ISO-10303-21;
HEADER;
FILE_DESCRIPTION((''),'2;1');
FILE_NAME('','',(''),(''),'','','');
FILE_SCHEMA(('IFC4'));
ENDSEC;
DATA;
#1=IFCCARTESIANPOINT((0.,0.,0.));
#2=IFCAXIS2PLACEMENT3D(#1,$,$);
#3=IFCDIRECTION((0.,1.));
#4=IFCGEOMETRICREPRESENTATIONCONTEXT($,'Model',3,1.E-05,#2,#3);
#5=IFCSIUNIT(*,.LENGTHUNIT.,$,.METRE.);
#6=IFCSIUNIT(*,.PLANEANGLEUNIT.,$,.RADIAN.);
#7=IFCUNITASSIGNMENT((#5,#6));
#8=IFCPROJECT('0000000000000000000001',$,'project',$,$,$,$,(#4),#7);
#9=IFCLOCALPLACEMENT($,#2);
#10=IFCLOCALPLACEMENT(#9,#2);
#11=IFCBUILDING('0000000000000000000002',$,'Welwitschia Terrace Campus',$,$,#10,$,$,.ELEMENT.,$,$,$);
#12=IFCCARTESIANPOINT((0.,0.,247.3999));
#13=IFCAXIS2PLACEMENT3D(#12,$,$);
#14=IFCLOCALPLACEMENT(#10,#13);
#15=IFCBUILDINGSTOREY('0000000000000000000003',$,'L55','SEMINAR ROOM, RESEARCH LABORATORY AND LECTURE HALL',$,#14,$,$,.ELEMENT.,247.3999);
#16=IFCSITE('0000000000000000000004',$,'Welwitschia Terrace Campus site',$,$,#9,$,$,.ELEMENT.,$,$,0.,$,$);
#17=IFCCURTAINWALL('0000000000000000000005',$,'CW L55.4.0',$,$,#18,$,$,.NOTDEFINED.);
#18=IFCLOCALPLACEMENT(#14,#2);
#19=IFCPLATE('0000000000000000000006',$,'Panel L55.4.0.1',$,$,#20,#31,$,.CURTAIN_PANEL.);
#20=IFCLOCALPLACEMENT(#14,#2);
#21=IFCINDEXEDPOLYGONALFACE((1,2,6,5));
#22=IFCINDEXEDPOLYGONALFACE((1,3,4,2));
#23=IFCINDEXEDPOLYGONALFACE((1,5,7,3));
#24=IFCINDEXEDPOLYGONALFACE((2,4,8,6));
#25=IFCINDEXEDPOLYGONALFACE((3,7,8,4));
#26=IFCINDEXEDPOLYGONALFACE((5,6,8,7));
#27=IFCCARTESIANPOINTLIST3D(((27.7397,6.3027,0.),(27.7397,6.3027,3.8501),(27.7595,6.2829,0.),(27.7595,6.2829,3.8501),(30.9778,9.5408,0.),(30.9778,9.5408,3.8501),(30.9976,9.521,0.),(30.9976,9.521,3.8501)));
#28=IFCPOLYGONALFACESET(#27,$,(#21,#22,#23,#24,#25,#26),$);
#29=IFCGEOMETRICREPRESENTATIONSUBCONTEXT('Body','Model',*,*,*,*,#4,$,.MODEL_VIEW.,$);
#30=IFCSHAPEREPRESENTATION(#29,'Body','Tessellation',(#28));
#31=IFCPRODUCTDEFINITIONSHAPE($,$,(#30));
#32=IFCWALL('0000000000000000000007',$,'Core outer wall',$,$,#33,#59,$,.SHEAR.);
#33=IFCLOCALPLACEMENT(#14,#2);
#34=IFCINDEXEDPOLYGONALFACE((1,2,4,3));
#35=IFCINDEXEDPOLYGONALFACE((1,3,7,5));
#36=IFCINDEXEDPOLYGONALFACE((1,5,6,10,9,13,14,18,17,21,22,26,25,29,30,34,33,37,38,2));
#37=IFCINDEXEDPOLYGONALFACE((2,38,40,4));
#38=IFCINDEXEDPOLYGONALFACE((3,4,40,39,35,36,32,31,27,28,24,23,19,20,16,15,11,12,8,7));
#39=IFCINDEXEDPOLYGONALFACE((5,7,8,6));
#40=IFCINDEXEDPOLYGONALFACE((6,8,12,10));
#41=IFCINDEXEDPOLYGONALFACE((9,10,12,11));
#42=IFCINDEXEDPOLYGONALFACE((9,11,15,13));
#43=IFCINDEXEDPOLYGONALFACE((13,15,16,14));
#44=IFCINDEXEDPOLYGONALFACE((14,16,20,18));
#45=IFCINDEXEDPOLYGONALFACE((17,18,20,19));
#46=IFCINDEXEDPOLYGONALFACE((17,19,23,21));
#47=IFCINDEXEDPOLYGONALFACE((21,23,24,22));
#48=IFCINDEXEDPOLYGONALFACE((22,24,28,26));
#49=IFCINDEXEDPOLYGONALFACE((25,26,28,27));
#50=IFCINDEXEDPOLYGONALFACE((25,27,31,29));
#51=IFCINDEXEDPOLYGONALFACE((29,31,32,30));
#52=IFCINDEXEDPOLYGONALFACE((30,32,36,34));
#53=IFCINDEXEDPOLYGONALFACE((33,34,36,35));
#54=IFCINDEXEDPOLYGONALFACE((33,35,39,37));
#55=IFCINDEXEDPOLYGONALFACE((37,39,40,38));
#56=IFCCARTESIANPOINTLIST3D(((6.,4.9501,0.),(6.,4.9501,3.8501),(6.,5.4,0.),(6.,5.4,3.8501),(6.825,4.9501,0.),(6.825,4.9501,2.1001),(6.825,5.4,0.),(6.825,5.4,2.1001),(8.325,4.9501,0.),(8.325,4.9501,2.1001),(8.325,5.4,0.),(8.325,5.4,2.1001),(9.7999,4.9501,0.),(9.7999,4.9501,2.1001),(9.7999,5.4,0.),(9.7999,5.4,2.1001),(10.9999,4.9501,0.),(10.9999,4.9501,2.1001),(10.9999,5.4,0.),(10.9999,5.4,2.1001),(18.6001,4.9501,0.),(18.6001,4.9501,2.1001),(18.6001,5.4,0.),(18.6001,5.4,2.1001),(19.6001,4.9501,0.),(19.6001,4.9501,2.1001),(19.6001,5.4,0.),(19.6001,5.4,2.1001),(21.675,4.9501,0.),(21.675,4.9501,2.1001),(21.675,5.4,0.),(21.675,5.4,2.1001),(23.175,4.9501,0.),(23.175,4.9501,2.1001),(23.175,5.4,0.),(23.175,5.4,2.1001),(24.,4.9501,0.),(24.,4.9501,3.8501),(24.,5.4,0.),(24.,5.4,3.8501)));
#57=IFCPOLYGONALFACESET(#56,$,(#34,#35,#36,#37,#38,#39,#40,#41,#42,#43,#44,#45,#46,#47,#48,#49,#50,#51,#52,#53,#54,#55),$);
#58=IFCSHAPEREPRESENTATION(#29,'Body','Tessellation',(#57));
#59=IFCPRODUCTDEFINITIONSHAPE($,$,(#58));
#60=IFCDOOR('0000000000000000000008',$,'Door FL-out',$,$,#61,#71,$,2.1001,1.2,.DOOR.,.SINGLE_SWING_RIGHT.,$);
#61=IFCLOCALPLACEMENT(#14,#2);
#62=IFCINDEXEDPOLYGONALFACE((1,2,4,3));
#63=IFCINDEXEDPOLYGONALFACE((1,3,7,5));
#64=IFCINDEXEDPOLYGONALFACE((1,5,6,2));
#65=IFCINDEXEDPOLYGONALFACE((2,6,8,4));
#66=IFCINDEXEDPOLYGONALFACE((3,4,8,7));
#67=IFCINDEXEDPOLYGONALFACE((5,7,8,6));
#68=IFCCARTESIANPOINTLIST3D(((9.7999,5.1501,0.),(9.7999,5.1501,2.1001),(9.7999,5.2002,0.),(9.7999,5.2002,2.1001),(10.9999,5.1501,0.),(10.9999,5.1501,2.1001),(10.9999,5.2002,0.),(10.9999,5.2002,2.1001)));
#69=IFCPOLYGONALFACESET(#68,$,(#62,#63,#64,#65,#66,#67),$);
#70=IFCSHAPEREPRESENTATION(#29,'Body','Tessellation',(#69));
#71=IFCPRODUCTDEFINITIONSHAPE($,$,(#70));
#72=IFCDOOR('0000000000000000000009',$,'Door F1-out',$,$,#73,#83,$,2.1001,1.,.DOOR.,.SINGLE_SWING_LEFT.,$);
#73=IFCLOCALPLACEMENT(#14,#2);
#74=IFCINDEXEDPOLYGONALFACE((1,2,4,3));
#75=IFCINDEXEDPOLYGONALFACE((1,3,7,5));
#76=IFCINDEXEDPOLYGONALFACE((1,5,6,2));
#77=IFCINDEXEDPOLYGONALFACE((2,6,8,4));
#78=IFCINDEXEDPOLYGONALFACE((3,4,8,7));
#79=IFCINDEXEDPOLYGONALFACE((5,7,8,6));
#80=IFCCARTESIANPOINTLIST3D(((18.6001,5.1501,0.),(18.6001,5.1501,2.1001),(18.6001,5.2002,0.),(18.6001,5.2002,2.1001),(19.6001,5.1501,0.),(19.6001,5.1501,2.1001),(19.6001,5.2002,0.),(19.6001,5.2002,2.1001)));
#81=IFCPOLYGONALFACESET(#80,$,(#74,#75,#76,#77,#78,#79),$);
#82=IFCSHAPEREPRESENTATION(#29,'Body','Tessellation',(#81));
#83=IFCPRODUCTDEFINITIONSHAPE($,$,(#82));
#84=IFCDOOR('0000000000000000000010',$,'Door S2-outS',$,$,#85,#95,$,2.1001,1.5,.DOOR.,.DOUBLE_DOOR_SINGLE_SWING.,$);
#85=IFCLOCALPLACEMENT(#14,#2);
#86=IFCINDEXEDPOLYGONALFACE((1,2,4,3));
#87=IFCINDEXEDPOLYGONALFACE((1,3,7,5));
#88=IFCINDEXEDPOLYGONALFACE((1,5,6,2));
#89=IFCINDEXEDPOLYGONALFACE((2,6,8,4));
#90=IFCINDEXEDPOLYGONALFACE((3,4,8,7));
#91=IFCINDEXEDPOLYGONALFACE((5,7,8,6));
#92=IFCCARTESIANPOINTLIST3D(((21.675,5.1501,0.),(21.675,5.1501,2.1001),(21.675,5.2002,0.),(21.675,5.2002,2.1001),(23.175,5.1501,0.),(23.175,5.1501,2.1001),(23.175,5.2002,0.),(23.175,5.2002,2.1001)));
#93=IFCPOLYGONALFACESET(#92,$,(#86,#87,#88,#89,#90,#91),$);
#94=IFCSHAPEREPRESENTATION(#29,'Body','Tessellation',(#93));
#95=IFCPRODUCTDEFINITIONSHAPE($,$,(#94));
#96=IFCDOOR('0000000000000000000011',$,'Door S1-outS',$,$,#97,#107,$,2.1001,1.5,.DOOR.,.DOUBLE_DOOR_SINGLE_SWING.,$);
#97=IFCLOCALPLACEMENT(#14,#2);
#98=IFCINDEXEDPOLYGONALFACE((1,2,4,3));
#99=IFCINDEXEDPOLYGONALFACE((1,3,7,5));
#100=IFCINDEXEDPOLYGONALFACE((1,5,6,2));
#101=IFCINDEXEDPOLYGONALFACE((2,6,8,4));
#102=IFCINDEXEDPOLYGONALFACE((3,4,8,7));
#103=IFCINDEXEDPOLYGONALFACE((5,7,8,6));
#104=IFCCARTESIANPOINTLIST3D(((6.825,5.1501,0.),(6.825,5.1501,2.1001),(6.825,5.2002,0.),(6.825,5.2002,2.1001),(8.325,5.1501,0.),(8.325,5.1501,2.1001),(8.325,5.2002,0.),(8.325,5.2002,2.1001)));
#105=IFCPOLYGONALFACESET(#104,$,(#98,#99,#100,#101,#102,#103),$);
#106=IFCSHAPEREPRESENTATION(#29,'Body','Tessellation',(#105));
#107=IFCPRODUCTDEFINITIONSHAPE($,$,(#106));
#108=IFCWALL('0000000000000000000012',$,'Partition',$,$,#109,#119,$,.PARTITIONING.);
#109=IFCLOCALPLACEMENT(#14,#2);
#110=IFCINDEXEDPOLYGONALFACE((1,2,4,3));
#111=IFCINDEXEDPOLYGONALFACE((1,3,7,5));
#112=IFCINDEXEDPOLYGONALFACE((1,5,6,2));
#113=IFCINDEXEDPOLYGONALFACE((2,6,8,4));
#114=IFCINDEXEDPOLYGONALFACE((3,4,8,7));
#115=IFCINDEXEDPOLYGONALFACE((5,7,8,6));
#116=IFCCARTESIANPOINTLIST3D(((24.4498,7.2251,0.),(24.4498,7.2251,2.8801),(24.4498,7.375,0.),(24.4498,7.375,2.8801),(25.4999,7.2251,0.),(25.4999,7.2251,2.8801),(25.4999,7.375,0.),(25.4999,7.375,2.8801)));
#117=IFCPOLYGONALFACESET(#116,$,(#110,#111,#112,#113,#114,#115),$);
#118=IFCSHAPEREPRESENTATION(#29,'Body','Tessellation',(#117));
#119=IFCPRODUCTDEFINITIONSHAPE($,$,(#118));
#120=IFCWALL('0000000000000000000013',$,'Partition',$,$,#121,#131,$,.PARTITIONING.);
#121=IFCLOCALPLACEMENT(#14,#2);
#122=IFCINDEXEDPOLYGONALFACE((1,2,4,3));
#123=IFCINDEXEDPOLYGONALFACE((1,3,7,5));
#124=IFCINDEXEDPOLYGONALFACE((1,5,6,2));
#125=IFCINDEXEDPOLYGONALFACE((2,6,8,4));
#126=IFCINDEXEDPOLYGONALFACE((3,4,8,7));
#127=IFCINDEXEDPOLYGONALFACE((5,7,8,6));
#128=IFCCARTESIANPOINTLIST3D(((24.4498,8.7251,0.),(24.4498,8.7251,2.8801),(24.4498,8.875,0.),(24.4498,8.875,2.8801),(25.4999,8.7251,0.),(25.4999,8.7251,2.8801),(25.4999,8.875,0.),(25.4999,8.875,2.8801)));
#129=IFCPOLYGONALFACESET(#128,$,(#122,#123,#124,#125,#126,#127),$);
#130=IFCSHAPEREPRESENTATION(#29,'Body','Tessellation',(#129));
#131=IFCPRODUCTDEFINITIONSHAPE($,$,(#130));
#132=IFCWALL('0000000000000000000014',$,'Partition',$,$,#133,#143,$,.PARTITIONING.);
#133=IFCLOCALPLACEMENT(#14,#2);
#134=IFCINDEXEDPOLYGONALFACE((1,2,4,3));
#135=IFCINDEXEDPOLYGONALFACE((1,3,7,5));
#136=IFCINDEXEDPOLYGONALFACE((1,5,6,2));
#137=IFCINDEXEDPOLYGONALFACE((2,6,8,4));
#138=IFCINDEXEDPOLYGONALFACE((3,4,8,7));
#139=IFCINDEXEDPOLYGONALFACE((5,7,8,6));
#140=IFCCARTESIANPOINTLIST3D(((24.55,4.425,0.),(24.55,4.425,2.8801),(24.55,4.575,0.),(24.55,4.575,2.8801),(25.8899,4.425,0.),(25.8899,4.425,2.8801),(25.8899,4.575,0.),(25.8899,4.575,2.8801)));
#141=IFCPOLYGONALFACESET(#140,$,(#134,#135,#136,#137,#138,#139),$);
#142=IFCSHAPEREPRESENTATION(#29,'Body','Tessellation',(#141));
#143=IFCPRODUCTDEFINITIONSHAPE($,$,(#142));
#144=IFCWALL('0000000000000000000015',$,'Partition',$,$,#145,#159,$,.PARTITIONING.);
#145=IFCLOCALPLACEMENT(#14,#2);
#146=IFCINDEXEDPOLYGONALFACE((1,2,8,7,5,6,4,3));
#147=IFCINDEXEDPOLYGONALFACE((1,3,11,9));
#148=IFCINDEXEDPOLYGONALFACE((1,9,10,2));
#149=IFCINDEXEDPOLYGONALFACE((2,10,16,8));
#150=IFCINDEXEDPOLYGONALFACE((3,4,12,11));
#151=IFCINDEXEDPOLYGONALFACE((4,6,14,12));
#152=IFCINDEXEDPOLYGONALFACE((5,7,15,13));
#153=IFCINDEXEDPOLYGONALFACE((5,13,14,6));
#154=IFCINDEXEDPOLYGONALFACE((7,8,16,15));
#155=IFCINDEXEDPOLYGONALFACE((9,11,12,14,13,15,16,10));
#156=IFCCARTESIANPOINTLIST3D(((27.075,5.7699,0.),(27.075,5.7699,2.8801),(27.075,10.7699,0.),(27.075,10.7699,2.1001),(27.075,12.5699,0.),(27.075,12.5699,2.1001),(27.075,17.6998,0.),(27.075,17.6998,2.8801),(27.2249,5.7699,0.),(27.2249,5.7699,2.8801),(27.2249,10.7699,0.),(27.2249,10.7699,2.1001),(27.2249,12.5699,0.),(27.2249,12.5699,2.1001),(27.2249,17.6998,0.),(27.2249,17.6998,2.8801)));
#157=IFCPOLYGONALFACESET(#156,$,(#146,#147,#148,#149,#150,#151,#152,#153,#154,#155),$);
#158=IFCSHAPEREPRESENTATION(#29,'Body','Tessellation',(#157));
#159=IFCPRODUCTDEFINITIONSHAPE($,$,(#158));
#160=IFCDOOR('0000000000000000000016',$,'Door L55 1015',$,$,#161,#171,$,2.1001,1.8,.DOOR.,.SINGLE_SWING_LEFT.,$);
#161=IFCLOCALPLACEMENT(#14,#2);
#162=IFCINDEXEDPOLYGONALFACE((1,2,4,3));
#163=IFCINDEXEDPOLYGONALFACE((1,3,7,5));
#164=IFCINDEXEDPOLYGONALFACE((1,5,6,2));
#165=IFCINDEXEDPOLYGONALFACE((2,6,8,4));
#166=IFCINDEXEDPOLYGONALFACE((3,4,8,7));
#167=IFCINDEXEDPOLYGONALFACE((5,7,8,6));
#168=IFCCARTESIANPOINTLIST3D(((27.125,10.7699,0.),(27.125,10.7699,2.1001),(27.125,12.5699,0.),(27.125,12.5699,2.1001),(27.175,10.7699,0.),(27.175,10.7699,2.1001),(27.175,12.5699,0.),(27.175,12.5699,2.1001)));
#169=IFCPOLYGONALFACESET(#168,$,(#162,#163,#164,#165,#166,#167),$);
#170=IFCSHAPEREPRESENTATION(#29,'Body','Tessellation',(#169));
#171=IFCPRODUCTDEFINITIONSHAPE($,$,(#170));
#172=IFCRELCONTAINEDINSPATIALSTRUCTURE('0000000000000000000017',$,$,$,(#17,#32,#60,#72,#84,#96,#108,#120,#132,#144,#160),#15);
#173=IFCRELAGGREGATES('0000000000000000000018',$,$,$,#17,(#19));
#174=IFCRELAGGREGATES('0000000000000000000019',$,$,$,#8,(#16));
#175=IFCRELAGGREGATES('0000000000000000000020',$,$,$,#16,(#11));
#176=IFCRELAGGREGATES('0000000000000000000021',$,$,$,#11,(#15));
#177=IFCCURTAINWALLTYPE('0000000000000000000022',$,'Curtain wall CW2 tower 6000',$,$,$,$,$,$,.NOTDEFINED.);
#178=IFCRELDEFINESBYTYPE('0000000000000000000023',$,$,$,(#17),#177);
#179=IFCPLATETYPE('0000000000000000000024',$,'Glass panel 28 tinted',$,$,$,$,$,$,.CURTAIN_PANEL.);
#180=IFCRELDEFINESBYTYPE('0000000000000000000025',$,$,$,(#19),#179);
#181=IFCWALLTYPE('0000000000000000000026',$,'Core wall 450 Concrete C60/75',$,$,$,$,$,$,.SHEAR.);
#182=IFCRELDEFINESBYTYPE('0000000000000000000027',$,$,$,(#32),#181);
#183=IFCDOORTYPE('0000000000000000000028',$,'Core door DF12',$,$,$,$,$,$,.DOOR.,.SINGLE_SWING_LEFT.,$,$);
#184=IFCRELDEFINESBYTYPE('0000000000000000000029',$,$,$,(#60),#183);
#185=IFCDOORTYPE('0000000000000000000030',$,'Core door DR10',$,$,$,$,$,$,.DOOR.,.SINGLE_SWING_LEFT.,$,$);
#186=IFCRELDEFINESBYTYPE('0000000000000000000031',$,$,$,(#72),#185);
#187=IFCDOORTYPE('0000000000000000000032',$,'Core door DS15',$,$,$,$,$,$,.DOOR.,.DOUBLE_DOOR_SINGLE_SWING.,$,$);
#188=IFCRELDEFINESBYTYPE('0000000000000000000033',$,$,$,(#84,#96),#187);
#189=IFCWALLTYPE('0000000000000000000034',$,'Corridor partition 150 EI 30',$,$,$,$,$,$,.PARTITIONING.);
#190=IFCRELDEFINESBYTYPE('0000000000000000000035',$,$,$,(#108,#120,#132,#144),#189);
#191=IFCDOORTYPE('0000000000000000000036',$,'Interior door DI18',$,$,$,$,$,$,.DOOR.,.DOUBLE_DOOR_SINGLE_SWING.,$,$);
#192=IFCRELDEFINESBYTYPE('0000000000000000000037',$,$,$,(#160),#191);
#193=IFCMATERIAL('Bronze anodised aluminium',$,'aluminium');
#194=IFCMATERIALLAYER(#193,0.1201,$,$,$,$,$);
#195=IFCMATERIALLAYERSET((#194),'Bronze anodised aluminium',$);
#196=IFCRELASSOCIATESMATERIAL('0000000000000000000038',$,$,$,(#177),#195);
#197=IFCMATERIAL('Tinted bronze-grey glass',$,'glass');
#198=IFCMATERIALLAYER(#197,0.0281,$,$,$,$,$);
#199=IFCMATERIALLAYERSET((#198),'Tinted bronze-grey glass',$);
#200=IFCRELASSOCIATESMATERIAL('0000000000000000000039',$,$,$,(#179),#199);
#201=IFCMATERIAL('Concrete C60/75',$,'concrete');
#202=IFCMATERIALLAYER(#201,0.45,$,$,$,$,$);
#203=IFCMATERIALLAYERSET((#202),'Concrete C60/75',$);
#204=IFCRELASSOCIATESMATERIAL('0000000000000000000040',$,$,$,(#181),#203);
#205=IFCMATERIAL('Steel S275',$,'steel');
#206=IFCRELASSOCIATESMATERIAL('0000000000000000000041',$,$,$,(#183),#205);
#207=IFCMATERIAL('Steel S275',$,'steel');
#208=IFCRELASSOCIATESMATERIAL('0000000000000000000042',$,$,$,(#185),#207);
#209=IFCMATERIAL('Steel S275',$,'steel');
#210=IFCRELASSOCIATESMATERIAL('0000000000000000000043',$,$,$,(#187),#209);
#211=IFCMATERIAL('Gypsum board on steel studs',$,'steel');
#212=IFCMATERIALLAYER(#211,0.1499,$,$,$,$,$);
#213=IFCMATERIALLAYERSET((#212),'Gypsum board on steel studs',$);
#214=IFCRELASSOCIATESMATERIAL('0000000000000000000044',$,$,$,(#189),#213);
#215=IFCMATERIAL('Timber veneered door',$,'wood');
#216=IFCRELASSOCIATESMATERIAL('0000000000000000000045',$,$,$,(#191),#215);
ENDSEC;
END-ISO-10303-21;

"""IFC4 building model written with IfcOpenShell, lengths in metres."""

from ifc_helpers import new_model, si_unit, direction, frame, frame_2d, origin, origin_2d, place, context, subcontext, project, spatial, rectangle, extrude, material, layer, layer_set, type_object, element, fill, aggregate, save


model = new_model("IFC4")

# Units and contexts
model_context = context("Model", 3, precision=1e-05, world=origin(), true_north=direction((0.0, 1.0)))
body_context = subcontext(model_context, "Body", "Model", "MODEL_VIEW")
ifc_project = project(units=[si_unit("LENGTHUNIT", "METRE"), si_unit("PLANEANGLEUNIT", "RADIAN")], contexts=[model_context])

# Site, building, storey
site_placement = place(None, origin())
site = spatial("IfcSite", under=ifc_project, at=site_placement, Name="Welwitschia Terrace Campus site", CompositionType="ELEMENT", RefElevation=0.0)
building_placement = place(site_placement, origin())
building = spatial("IfcBuilding", under=site, at=building_placement, Name="Welwitschia Terrace Campus", CompositionType="ELEMENT")
storey_placement = place(building_placement, frame((0.0, 0.0, 247.3999)))
storey = spatial("IfcBuildingStorey", under=building, at=storey_placement, Name="L55", Description="SEMINAR ROOM, RESEARCH LABORATORY AND LECTURE HALL", CompositionType="ELEMENT", Elevation=247.3999)

# Curtain wall
ifc_material_1 = material(Name="Bronze anodised aluminium", Category="aluminium")
ifc_layer_1 = layer(ifc_material_1, 0.1201)
ifc_layer_set_1 = layer_set([ifc_layer_1], Name="Bronze anodised aluminium")
curtain_wall_type = type_object("IfcCurtainWallType", Name="Curtain wall CW2 tower 6000", PredefinedType="NOTDEFINED", material=ifc_layer_set_1)
curtain_wall_placement = place(storey_placement, origin())
curtain_wall = element("IfcCurtainWall", 1, at=curtain_wall_placement, inside=storey, type_object=curtain_wall_type, Name="CW L55.4.0", PredefinedType="NOTDEFINED")

# Plate
ifc_material_2 = material(Name="Tinted bronze-grey glass", Category="glass")
ifc_layer_2 = layer(ifc_material_2, 0.0281)
ifc_layer_set_2 = layer_set([ifc_layer_2], Name="Tinted bronze-grey glass")
plate_type = type_object("IfcPlateType", Name="Glass panel 28 tinted", PredefinedType="CURTAIN_PANEL", material=ifc_layer_set_2)
plate_1_placement = place(storey_placement, frame((29.3687, 7.9119, 0.0), z_axis=(0.0, 0.0, 1.0), x_axis=(0.707107, 0.707107, 0.0)))
plate_1 = element("IfcPlate", 2, at=plate_1_placement, type_object=plate_type, Name="Panel L55.4.0.1", PredefinedType="CURTAIN_PANEL", context=body_context, shape_type="SweptSolid", body=[
    extrude(rectangle(XDim=4.5793, YDim=0.0281, at=origin_2d()), origin(), (0.0, 0.0, 1.0), 3.8501),
])
aggregate(curtain_wall, [plate_1])

# Wall, openings, doors
ifc_material_3 = material(Name="Concrete C60/75", Category="concrete")
ifc_layer_3 = layer(ifc_material_3, 0.45)
ifc_layer_set_3 = layer_set([ifc_layer_3], Name="Concrete C60/75")
wall_type_1 = type_object("IfcWallType", Name="Core wall 450 Concrete C60/75", PredefinedType="SHEAR", material=ifc_layer_set_3)
wall_1_placement = place(storey_placement, frame((24.0, 5.175, 0.0), z_axis=(0.0, 0.0, 1.0), x_axis=(-1.0, 0.0, 0.0)))
wall_1 = element("IfcWall", 3, at=wall_1_placement, inside=storey, type_object=wall_type_1, Name="Core outer wall", PredefinedType="SHEAR", context=body_context, shape_type="SweptSolid", body=[
    extrude(rectangle(XDim=18.0, YDim=0.45, at=frame_2d((9.0, 0.0))), origin(), (0.0, 0.0, 1.0), 3.8501),
])
opening_1_placement = place(wall_1_placement, frame((0.825, 0.0, 0.0)))
opening_1 = element("IfcOpeningElement", 4, at=opening_1_placement, cuts=wall_1, PredefinedType="OPENING", context=body_context, shape_type="SweptSolid", body=[
    extrude(rectangle(XDim=1.5, YDim=2.1001, at=frame_2d((0.75, 1.05))), frame((0.0, 0.2349, 0.0), z_axis=(0.0, -1.0, 0.0), x_axis=(1.0, 0.0, 0.0)), (0.0, 0.0, 1.0), 0.47),
])
opening_2_placement = place(wall_1_placement, frame((15.675, 0.0, 0.0)))
opening_2 = element("IfcOpeningElement", 5, at=opening_2_placement, cuts=wall_1, PredefinedType="OPENING", context=body_context, shape_type="SweptSolid", body=[
    extrude(rectangle(XDim=1.5, YDim=2.1001, at=frame_2d((0.75, 1.05))), frame((0.0, 0.2349, 0.0), z_axis=(0.0, -1.0, 0.0), x_axis=(1.0, 0.0, 0.0)), (0.0, 0.0, 1.0), 0.47),
])
opening_3_placement = place(wall_1_placement, frame((13.0, 0.0, 0.0)))
opening_3 = element("IfcOpeningElement", 6, at=opening_3_placement, cuts=wall_1, PredefinedType="OPENING", context=body_context, shape_type="SweptSolid", body=[
    extrude(rectangle(XDim=1.2, YDim=2.1001, at=frame_2d((0.6001, 1.05))), frame((0.0, 0.2349, 0.0), z_axis=(0.0, -1.0, 0.0), x_axis=(1.0, 0.0, 0.0)), (0.0, 0.0, 1.0), 0.47),
])
opening_4_placement = place(wall_1_placement, frame((4.3999, 0.0, 0.0)))
opening_4 = element("IfcOpeningElement", 7, at=opening_4_placement, cuts=wall_1, PredefinedType="OPENING", context=body_context, shape_type="SweptSolid", body=[
    extrude(rectangle(XDim=1.0, YDim=2.1001, at=frame_2d((0.5, 1.05))), frame((0.0, 0.2349, 0.0), z_axis=(0.0, -1.0, 0.0), x_axis=(1.0, 0.0, 0.0)), (0.0, 0.0, 1.0), 0.47),
])
ifc_material_4 = material(Name="Steel S275", Category="steel")
door_type_1 = type_object("IfcDoorType", Name="Core door DF12", OperationType="SINGLE_SWING_LEFT", PredefinedType="DOOR", material=ifc_material_4)
door_1_placement = place(opening_3_placement, origin())
door_1 = element("IfcDoor", 8, at=door_1_placement, inside=storey, type_object=door_type_1, Name="Door FL-out", OperationType="SINGLE_SWING_RIGHT", OverallHeight=2.1001, OverallWidth=1.2, PredefinedType="DOOR", context=body_context, shape_type="SweptSolid", body=[
    extrude(rectangle(XDim=1.2, YDim=2.1001, at=frame_2d((0.6001, 1.05))), frame((0.0, 0.0249, 0.0), z_axis=(0.0, -1.0, 0.0), x_axis=(1.0, 0.0, 0.0)), (0.0, 0.0, 1.0), 0.05),
])
fill(opening_3, door_1)
ifc_material_5 = material(Name="Steel S275", Category="steel")
door_type_2 = type_object("IfcDoorType", Name="Core door DR10", OperationType="SINGLE_SWING_LEFT", PredefinedType="DOOR", material=ifc_material_5)
door_2_placement = place(opening_4_placement, origin())
door_2 = element("IfcDoor", 9, at=door_2_placement, inside=storey, type_object=door_type_2, Name="Door F1-out", OperationType="SINGLE_SWING_LEFT", OverallHeight=2.1001, OverallWidth=1.0, PredefinedType="DOOR", context=body_context, shape_type="SweptSolid", body=[
    extrude(rectangle(XDim=1.0, YDim=2.1001, at=frame_2d((0.5, 1.05))), frame((0.0, 0.0249, 0.0), z_axis=(0.0, -1.0, 0.0), x_axis=(1.0, 0.0, 0.0)), (0.0, 0.0, 1.0), 0.05),
])
fill(opening_4, door_2)
ifc_material_6 = material(Name="Steel S275", Category="steel")
door_type_3 = type_object("IfcDoorType", Name="Core door DS15", OperationType="DOUBLE_DOOR_SINGLE_SWING", PredefinedType="DOOR", material=ifc_material_6)
door_3_placement = place(opening_1_placement, origin())
door_3 = element("IfcDoor", 10, at=door_3_placement, inside=storey, type_object=door_type_3, Name="Door S2-outS", OperationType="DOUBLE_DOOR_SINGLE_SWING", OverallHeight=2.1001, OverallWidth=1.5, PredefinedType="DOOR", context=body_context, shape_type="SweptSolid", body=[
    extrude(rectangle(XDim=1.5, YDim=2.1001, at=frame_2d((0.75, 1.05))), frame((0.0, 0.0249, 0.0), z_axis=(0.0, -1.0, 0.0), x_axis=(1.0, 0.0, 0.0)), (0.0, 0.0, 1.0), 0.05),
])
fill(opening_1, door_3)
door_4_placement = place(opening_2_placement, origin())
door_4 = element("IfcDoor", 11, at=door_4_placement, inside=storey, type_object=door_type_3, Name="Door S1-outS", OperationType="DOUBLE_DOOR_SINGLE_SWING", OverallHeight=2.1001, OverallWidth=1.5, PredefinedType="DOOR", context=body_context, shape_type="SweptSolid", body=[
    extrude(rectangle(XDim=1.5, YDim=2.1001, at=frame_2d((0.75, 1.05))), frame((0.0, 0.0249, 0.0), z_axis=(0.0, -1.0, 0.0), x_axis=(1.0, 0.0, 0.0)), (0.0, 0.0, 1.0), 0.05),
])
fill(opening_2, door_4)

# Walls
ifc_material_7 = material(Name="Gypsum board on steel studs", Category="steel")
ifc_layer_4 = layer(ifc_material_7, 0.1499)
ifc_layer_set_4 = layer_set([ifc_layer_4], Name="Gypsum board on steel studs")
wall_type_2 = type_object("IfcWallType", Name="Corridor partition 150 EI 30", PredefinedType="PARTITIONING", material=ifc_layer_set_4)
for number, where, z_axis, x_axis, name in (
    (12, (24.45, 7.3, 0.0), (0.0, 0.0, 1.0), (1.0, 0.0, 0.0), "Partition"),
    (13, (24.45, 8.8, 0.0), (0.0, 0.0, 1.0), (1.0, 0.0, 0.0), "Partition"),
):
    element("IfcWall", number, at=place(storey_placement, frame(where, z_axis=z_axis, x_axis=x_axis)), inside=storey, type_object=wall_type_2, Name=name, PredefinedType="PARTITIONING", context=body_context, shape_type="SweptSolid", body=[
        extrude(rectangle(XDim=1.05, YDim=0.1499, at=frame_2d((0.5249, 0.0))), origin(), (0.0, 0.0, 1.0), 2.8801),
    ])
wall_2_placement = place(storey_placement, frame((24.55, 4.5, 0.0), z_axis=(0.0, 0.0, 1.0), x_axis=(1.0, 0.0, 0.0)))
element("IfcWall", 14, at=wall_2_placement, inside=storey, type_object=wall_type_2, Name="Partition", PredefinedType="PARTITIONING", context=body_context, shape_type="SweptSolid", body=[
    extrude(rectangle(XDim=1.3398, YDim=0.1499, at=frame_2d((0.6699, 0.0))), origin(), (0.0, 0.0, 1.0), 2.8801),
])

# Wall, opening, door
wall_3_placement = place(storey_placement, frame((27.1499, 5.77, 0.0), z_axis=(0.0, 0.0, 1.0), x_axis=(0.0, 1.0, 0.0)))
wall_3 = element("IfcWall", 15, at=wall_3_placement, inside=storey, type_object=wall_type_2, Name="Partition", PredefinedType="PARTITIONING", context=body_context, shape_type="SweptSolid", body=[
    extrude(rectangle(XDim=11.9299, YDim=0.1499, at=frame_2d((5.9648, 0.0))), origin(), (0.0, 0.0, 1.0), 2.8801),
])
opening_5_placement = place(wall_3_placement, frame((5.0, 0.0, 0.0)))
opening_5 = element("IfcOpeningElement", 16, at=opening_5_placement, cuts=wall_3, PredefinedType="OPENING", context=body_context, shape_type="SweptSolid", body=[
    extrude(rectangle(XDim=1.8, YDim=2.1001, at=frame_2d((0.8999, 1.05))), frame((0.0, 0.085, 0.0), z_axis=(0.0, -1.0, 0.0), x_axis=(1.0, 0.0, 0.0)), (0.0, 0.0, 1.0), 0.1699),
])
ifc_material_8 = material(Name="Timber veneered door", Category="wood")
door_type_4 = type_object("IfcDoorType", Name="Interior door DI18", OperationType="DOUBLE_DOOR_SINGLE_SWING", PredefinedType="DOOR", material=ifc_material_8)
door_5_placement = place(opening_5_placement, origin())
door_5 = element("IfcDoor", 17, at=door_5_placement, inside=storey, type_object=door_type_4, Name="Door L55 1015", OperationType="SINGLE_SWING_LEFT", OverallHeight=2.1001, OverallWidth=1.8, PredefinedType="DOOR", context=body_context, shape_type="SweptSolid", body=[
    extrude(rectangle(XDim=1.8, YDim=2.1001, at=frame_2d((0.8999, 1.05))), frame((0.0, 0.0249, 0.0), z_axis=(0.0, -1.0, 0.0), x_axis=(1.0, 0.0, 0.0)), (0.0, 0.0, 1.0), 0.05),
])
fill(opening_5, door_5)

save(model, "model.ifc")
